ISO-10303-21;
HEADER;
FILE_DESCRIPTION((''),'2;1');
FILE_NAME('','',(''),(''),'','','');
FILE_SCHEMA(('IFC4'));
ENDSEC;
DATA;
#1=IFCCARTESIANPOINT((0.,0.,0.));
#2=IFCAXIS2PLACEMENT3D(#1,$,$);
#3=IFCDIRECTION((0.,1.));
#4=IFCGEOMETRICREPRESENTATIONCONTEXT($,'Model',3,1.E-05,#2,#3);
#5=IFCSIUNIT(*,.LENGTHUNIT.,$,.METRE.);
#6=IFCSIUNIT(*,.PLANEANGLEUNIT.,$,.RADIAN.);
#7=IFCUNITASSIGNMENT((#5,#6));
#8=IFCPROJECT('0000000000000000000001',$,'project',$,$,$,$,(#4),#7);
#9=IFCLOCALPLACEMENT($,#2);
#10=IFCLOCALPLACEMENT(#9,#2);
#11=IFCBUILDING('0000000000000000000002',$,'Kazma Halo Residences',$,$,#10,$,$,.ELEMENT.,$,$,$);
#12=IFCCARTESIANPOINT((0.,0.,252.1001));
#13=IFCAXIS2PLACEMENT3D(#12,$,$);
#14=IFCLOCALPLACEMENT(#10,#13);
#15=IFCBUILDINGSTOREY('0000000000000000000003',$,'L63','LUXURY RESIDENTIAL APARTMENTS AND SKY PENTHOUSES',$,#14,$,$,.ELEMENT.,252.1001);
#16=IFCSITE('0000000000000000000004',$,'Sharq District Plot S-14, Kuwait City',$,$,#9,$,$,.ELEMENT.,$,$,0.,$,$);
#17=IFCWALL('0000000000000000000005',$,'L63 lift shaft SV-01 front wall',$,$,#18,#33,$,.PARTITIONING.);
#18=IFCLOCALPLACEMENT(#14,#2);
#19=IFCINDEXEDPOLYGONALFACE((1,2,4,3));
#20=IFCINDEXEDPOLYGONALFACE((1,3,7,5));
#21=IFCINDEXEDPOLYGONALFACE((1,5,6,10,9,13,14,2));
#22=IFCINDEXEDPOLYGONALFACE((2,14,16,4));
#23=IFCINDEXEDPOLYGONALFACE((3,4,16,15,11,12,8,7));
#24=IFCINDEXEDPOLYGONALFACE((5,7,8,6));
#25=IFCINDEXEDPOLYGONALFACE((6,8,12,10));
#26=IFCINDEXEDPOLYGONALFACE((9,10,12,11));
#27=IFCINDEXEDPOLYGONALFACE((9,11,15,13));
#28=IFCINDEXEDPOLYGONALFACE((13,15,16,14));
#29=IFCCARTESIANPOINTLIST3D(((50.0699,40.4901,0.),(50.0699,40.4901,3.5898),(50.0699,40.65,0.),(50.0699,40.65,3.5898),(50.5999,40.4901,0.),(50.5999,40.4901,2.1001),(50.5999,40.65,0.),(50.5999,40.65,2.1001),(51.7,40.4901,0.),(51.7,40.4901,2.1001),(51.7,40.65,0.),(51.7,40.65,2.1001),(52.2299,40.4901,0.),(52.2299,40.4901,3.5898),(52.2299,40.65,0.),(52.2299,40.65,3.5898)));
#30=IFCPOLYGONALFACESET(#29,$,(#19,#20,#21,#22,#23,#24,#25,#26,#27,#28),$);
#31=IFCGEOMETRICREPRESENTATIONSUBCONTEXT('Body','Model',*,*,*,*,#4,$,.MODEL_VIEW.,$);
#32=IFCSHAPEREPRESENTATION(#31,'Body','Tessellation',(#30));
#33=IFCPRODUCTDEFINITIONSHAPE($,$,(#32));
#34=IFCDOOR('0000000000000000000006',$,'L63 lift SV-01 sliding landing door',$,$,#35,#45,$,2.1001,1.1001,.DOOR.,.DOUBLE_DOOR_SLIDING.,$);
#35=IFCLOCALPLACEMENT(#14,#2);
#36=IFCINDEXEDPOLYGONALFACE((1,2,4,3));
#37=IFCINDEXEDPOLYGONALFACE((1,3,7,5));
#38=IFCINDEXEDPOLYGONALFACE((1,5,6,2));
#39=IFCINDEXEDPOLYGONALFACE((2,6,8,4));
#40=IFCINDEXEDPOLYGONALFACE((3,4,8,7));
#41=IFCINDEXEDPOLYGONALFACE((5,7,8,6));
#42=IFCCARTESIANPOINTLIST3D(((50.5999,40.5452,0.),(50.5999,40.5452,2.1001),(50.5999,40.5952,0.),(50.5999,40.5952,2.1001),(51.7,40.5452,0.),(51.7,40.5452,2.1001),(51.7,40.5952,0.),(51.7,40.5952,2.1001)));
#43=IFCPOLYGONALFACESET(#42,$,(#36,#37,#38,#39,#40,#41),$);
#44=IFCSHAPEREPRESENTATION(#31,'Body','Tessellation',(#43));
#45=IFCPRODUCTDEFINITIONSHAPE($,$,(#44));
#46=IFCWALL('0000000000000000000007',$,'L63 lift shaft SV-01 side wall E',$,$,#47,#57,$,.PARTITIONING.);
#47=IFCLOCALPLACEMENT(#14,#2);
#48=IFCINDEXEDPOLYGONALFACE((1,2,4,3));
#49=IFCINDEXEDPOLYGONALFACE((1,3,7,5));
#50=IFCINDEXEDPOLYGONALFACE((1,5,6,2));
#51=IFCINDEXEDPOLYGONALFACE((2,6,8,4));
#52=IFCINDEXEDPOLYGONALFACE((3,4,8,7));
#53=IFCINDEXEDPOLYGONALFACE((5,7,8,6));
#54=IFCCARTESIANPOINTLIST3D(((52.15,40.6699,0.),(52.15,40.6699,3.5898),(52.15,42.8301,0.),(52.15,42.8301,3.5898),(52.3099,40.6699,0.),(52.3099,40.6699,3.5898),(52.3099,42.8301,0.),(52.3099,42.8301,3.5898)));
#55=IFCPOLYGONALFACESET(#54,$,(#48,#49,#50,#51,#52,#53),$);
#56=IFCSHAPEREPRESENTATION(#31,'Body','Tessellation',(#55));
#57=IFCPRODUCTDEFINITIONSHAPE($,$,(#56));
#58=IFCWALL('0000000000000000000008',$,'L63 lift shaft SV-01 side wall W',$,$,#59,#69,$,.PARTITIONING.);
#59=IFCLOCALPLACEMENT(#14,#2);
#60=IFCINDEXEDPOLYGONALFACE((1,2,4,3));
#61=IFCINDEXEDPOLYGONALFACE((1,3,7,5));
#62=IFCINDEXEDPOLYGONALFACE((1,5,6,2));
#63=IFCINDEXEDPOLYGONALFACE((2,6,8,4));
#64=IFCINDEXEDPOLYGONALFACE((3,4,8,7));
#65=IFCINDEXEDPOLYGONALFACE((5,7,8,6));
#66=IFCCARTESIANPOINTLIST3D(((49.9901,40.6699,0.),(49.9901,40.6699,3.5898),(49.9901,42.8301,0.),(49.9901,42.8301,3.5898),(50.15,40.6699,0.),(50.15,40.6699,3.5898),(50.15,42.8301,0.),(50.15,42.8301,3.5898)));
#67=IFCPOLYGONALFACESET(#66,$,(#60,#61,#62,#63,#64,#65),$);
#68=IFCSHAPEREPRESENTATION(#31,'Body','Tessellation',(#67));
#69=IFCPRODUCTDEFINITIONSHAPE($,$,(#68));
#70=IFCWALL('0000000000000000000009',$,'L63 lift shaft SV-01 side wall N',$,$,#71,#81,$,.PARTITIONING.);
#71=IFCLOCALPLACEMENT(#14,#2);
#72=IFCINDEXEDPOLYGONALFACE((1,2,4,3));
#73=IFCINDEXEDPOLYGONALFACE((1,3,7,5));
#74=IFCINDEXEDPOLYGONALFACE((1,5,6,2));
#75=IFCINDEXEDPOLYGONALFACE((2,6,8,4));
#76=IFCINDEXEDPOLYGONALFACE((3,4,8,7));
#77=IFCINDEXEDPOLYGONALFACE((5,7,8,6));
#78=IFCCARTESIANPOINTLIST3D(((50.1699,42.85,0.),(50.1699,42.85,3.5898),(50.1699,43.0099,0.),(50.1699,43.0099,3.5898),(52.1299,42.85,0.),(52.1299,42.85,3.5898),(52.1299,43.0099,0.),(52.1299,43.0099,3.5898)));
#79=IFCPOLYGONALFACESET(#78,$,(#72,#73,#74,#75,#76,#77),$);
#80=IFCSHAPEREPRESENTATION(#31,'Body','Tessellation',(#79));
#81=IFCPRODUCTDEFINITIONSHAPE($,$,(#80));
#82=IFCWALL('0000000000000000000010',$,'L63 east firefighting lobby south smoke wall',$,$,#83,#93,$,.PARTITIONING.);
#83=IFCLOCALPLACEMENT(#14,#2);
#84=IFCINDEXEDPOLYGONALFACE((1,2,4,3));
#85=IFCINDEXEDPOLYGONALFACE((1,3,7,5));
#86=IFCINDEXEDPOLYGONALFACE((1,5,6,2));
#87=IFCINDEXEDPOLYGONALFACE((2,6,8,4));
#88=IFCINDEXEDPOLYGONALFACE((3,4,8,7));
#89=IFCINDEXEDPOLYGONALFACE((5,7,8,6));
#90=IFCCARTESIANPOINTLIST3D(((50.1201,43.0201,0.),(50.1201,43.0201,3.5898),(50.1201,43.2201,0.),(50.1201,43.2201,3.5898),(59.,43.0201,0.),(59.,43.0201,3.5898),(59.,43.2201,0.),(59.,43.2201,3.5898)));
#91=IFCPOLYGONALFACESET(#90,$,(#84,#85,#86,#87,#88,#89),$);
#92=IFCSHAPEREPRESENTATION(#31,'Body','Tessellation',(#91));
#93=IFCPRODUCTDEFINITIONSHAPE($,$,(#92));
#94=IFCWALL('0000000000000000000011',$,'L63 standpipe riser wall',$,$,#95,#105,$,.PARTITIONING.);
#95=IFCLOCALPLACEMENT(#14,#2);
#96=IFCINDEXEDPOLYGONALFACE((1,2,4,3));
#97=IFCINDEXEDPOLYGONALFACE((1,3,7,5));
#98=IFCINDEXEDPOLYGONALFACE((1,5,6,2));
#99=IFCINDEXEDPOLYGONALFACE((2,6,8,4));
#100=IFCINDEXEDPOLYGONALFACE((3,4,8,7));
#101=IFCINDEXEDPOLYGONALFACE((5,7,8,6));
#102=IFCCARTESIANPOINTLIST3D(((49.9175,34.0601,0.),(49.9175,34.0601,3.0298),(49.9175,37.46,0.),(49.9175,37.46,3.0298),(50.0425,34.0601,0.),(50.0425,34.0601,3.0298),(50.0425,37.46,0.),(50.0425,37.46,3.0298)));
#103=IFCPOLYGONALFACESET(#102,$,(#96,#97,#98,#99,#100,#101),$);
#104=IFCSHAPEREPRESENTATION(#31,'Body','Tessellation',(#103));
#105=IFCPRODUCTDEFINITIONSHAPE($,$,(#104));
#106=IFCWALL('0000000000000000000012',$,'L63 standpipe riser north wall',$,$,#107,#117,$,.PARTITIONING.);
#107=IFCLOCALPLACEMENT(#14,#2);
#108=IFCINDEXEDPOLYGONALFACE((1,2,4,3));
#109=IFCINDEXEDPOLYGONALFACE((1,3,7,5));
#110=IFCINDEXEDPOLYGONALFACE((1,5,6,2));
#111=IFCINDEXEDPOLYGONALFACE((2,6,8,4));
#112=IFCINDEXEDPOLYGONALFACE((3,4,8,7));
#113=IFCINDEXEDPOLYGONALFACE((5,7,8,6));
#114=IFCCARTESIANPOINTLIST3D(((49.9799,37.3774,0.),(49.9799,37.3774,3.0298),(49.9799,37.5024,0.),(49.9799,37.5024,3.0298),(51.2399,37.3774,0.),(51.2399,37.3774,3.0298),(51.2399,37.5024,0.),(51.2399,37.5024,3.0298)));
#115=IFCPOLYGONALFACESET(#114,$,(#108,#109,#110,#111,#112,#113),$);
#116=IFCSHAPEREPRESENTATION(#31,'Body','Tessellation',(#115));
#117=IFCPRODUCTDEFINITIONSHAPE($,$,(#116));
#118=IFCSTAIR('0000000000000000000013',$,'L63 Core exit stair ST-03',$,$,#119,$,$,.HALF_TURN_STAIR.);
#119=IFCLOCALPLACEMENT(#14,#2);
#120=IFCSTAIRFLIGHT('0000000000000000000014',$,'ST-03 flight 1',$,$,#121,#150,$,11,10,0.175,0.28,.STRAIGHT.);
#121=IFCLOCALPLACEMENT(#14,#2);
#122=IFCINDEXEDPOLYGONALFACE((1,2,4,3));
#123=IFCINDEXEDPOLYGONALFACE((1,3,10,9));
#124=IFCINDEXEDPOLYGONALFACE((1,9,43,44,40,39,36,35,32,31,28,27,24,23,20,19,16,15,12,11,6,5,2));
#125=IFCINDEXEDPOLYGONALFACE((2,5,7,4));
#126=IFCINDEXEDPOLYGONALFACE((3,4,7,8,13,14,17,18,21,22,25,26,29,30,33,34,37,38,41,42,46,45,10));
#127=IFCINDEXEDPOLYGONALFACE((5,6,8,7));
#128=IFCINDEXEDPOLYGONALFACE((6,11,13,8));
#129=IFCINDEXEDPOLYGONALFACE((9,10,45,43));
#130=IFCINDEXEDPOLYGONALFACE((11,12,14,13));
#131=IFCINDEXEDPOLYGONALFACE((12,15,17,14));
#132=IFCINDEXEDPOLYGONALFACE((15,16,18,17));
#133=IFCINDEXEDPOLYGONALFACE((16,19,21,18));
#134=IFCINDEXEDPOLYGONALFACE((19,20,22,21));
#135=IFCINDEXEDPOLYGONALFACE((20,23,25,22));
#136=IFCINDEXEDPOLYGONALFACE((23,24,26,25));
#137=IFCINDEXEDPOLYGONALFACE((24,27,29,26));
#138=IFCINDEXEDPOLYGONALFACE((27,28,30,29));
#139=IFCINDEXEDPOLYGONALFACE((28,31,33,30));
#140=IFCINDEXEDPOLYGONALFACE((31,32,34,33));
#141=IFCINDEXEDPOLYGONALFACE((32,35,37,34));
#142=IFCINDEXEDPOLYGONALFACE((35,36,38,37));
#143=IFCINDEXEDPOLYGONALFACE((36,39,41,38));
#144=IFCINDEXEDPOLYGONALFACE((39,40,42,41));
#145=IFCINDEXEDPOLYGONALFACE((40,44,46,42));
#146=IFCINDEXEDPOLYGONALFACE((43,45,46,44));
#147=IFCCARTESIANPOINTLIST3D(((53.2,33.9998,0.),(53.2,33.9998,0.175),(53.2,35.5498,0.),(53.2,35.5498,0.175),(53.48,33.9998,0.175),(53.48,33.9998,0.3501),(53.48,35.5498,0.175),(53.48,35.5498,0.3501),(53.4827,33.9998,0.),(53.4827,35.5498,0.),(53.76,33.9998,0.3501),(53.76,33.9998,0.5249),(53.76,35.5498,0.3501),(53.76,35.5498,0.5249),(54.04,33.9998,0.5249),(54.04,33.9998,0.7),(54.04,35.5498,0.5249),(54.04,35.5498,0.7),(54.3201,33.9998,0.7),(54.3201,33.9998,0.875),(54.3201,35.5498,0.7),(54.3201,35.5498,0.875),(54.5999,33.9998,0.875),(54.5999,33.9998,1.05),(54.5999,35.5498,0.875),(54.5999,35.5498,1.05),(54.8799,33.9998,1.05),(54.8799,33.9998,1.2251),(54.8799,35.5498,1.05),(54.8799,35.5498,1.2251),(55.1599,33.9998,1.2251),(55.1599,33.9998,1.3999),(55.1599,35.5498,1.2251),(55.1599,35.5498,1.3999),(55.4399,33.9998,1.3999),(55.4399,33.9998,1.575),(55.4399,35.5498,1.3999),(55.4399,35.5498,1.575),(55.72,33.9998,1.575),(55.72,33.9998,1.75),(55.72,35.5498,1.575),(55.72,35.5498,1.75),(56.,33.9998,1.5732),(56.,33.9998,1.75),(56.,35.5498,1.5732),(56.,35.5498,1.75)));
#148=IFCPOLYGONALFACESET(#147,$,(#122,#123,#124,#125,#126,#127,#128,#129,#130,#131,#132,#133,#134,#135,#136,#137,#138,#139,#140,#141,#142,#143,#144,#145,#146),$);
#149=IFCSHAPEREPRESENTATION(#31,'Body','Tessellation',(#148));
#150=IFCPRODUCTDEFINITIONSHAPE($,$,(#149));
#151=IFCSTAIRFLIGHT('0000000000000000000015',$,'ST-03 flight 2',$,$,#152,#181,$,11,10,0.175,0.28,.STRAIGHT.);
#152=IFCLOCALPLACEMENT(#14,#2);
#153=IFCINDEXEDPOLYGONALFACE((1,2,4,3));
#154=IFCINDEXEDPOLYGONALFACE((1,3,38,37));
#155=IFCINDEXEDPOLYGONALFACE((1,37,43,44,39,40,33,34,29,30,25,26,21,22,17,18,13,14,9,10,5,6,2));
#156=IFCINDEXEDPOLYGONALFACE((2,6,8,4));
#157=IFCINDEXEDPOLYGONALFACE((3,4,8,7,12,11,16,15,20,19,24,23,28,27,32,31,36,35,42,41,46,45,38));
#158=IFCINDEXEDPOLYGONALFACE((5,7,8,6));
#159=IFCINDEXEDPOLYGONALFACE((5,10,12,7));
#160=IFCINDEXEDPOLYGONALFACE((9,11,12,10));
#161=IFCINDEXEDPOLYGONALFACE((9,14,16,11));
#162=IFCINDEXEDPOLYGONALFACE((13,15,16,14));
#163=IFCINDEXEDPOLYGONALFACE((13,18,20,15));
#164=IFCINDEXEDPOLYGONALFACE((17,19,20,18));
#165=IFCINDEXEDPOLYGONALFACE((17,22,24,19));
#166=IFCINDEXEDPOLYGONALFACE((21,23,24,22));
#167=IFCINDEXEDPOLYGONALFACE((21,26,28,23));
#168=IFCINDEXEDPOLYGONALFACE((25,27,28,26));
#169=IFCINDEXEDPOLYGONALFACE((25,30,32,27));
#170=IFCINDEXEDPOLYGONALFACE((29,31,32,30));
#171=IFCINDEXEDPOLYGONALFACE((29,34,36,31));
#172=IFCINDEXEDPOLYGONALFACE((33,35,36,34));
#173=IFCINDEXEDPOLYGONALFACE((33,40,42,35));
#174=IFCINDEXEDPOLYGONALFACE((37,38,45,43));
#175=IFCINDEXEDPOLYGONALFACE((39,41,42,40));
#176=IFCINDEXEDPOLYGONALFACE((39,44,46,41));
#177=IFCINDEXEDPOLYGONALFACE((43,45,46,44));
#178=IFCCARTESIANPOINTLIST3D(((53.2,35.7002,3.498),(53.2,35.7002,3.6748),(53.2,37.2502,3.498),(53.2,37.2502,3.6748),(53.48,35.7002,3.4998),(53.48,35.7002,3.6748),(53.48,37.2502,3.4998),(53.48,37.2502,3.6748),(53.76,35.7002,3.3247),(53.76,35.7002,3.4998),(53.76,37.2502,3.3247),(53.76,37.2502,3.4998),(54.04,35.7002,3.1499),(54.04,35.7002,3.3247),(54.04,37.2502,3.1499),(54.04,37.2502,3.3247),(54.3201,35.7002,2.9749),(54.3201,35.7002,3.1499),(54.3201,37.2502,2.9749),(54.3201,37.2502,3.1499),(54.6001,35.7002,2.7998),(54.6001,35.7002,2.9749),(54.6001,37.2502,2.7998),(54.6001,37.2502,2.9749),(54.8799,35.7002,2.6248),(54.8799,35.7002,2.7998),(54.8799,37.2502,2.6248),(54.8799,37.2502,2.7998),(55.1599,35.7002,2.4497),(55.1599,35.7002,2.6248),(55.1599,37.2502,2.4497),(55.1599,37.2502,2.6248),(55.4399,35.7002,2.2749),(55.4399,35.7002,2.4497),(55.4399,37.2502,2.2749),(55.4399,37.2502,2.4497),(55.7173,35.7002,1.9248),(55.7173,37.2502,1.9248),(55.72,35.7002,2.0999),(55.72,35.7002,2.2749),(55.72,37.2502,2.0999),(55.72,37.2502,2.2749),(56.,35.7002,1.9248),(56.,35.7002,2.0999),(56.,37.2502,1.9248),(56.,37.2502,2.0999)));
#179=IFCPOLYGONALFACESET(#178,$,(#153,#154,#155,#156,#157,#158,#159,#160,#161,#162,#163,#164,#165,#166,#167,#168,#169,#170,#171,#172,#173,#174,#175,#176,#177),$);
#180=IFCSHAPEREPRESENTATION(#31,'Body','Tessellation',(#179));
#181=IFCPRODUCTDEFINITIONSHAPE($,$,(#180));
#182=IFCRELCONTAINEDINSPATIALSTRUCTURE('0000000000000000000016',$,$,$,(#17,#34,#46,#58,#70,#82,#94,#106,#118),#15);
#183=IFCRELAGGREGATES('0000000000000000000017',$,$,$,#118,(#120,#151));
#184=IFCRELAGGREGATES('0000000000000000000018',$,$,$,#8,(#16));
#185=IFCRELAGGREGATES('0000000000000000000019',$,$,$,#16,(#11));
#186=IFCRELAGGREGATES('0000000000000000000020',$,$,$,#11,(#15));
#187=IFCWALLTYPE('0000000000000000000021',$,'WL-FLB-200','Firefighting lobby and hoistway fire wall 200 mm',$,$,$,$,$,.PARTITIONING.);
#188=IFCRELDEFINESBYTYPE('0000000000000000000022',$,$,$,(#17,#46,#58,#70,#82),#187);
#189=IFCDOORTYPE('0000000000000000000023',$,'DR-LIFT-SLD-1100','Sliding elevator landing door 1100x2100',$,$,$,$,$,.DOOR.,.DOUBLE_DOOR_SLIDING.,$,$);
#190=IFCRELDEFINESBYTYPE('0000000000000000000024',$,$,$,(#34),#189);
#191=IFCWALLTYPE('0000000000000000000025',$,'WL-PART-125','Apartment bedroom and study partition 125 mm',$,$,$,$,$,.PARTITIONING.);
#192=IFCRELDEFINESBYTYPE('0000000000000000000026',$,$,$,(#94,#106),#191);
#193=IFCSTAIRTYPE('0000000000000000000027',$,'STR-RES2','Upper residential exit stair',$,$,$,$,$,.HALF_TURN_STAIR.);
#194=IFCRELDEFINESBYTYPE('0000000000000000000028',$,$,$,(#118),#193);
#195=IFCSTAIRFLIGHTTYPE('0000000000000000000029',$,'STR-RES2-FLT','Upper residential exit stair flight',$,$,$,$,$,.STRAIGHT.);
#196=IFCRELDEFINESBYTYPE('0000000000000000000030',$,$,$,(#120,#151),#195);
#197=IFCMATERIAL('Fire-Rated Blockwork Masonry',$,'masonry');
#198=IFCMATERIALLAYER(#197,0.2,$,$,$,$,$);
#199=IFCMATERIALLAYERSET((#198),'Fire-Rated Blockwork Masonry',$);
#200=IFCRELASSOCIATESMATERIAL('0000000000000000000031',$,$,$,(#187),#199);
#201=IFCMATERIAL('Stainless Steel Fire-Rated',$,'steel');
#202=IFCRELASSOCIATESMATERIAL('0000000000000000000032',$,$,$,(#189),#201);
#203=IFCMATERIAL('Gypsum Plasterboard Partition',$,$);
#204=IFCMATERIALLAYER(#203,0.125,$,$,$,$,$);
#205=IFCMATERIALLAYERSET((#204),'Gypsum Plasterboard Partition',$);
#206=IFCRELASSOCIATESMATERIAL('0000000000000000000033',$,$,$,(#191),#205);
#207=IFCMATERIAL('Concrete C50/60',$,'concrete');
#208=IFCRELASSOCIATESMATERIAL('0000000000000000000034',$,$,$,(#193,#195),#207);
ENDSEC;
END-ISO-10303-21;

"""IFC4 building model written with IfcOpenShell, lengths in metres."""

from ifc_helpers import new_model, si_unit, direction, frame, frame_2d, origin, place, context, subcontext, project, spatial, polyline, rectangle, outline, extrude, material, layer, layer_set, type_object, element, fill, aggregate, save


model = new_model("IFC4")

# Units and contexts
model_context = context("Model", 3, precision=1e-05, world=origin(), true_north=direction((0.0, 1.0)))
body_context = subcontext(model_context, "Body", "Model", "MODEL_VIEW")
ifc_project = project(units=[si_unit("LENGTHUNIT", "METRE"), si_unit("PLANEANGLEUNIT", "RADIAN")], contexts=[model_context])

# Site, building, storey
site_placement = place(None, origin())
site = spatial("IfcSite", under=ifc_project, at=site_placement, Name="Sharq District Plot S-14, Kuwait City", CompositionType="ELEMENT", RefElevation=0.0)
building_placement = place(site_placement, origin())
building = spatial("IfcBuilding", under=site, at=building_placement, Name="Kazma Halo Residences", CompositionType="ELEMENT")
storey_placement = place(building_placement, frame((0.0, 0.0, 252.1001)))
storey = spatial("IfcBuildingStorey", under=building, at=storey_placement, Name="L63", Description="LUXURY RESIDENTIAL APARTMENTS AND SKY PENTHOUSES", CompositionType="ELEMENT", Elevation=252.1001)

# Shared definitions
ifc_material_1 = material(Name="Fire-Rated Blockwork Masonry", Category="masonry")
ifc_layer_1 = layer(ifc_material_1, 0.2)
ifc_layer_set_1 = layer_set([ifc_layer_1], Name="Fire-Rated Blockwork Masonry")
wall_type_1 = type_object("IfcWallType", Name="WL-FLB-200", Description="Firefighting lobby and hoistway fire wall 200 mm", PredefinedType="PARTITIONING", material=ifc_layer_set_1)
ifc_material_2 = material(Name="Stainless Steel Fire-Rated", Category="steel")
door_type_1 = type_object("IfcDoorType", Name="DR-LIFT-SLD-1100", Description="Sliding elevator landing door 1100x2100", OperationType="DOUBLE_DOOR_SLIDING", PredefinedType="DOOR", material=ifc_material_2)

# Wall, opening, door
wall_1_placement = place(storey_placement, frame((52.23, 40.5701, 0.0), z_axis=(0.0, 0.0, 1.0), x_axis=(-1.0, 0.0, 0.0)))
wall_1 = element("IfcWall", 1, at=wall_1_placement, inside=storey, type_object=wall_type_1, Name="L63 lift shaft SV-01 front wall", PredefinedType="PARTITIONING", context=body_context, shape_type="SweptSolid", body=[
    extrude(rectangle(XDim=2.1599, YDim=0.1599, at=frame_2d((1.0801, 0.0))), origin(), (0.0, 0.0, 1.0), 3.5898),
])
opening_1_placement = place(wall_1_placement, frame((0.53, 0.0, 0.0)))
opening_1 = element("IfcOpeningElement", 2, at=opening_1_placement, cuts=wall_1, PredefinedType="OPENING", context=body_context, shape_type="SweptSolid", body=[
    extrude(rectangle(XDim=1.1001, YDim=2.1001, at=frame_2d((0.55, 1.05))), frame((0.0, 0.0898, 0.0), z_axis=(0.0, -1.0, 0.0), x_axis=(1.0, 0.0, 0.0)), (0.0, 0.0, 1.0), 0.1799),
])
door_1_placement = place(opening_1_placement, origin())
door_1 = element("IfcDoor", 3, at=door_1_placement, inside=storey, type_object=door_type_1, Name="L63 lift SV-01 sliding landing door", OperationType="DOUBLE_DOOR_SLIDING", OverallHeight=2.1001, OverallWidth=1.1001, PredefinedType="DOOR", context=body_context, shape_type="SweptSolid", body=[
    extrude(rectangle(XDim=1.1001, YDim=2.1001, at=frame_2d((0.55, 1.05))), frame((0.0, 0.0249, 0.0), z_axis=(0.0, -1.0, 0.0), x_axis=(1.0, 0.0, 0.0)), (0.0, 0.0, 1.0), 0.05),
])
fill(opening_1, door_1)

# Walls
for number, where, z_axis, x_axis, name in (
    (4, (52.23, 40.6699, 0.0), (0.0, 0.0, 1.0), (0.0, 1.0, 0.0), "L63 lift shaft SV-01 side wall E"),
    (5, (50.0701, 40.6699, 0.0), (0.0, 0.0, 1.0), (0.0, 1.0, 0.0), "L63 lift shaft SV-01 side wall W"),
):
    element("IfcWall", number, at=place(storey_placement, frame(where, z_axis=z_axis, x_axis=x_axis)), inside=storey, type_object=wall_type_1, Name=name, PredefinedType="PARTITIONING", context=body_context, shape_type="SweptSolid", body=[
        extrude(rectangle(XDim=2.1602, YDim=0.1599, at=frame_2d((1.0801, 0.0))), origin(), (0.0, 0.0, 1.0), 3.5898),
    ])
wall_2_placement = place(storey_placement, frame((50.1699, 42.9299, 0.0), z_axis=(0.0, 0.0, 1.0), x_axis=(1.0, 0.0, 0.0)))
element("IfcWall", 6, at=wall_2_placement, inside=storey, type_object=wall_type_1, Name="L63 lift shaft SV-01 side wall N", PredefinedType="PARTITIONING", context=body_context, shape_type="SweptSolid", body=[
    extrude(rectangle(XDim=1.96, YDim=0.1599, at=frame_2d((0.98, 0.0))), origin(), (0.0, 0.0, 1.0), 3.5898),
])
wall_3_placement = place(storey_placement, frame((50.1201, 43.1201, 0.0), z_axis=(0.0, 0.0, 1.0), x_axis=(1.0, 0.0, 0.0)))
element("IfcWall", 7, at=wall_3_placement, inside=storey, type_object=wall_type_1, Name="L63 east firefighting lobby south smoke wall", PredefinedType="PARTITIONING", context=body_context, shape_type="SweptSolid", body=[
    extrude(rectangle(XDim=8.8799, YDim=0.2, at=frame_2d((4.4399, 0.0))), origin(), (0.0, 0.0, 1.0), 3.5898),
])
ifc_material_3 = material(Name="Gypsum Plasterboard Partition")
ifc_layer_2 = layer(ifc_material_3, 0.125)
ifc_layer_set_2 = layer_set([ifc_layer_2], Name="Gypsum Plasterboard Partition")
wall_type_2 = type_object("IfcWallType", Name="WL-PART-125", Description="Apartment bedroom and study partition 125 mm", PredefinedType="PARTITIONING", material=ifc_layer_set_2)
wall_4_placement = place(storey_placement, frame((49.98, 34.0601, 0.0), z_axis=(0.0, 0.0, 1.0), x_axis=(0.0, 1.0, 0.0)))
element("IfcWall", 8, at=wall_4_placement, inside=storey, type_object=wall_type_2, Name="L63 standpipe riser wall", PredefinedType="PARTITIONING", context=body_context, shape_type="SweptSolid", body=[
    extrude(rectangle(XDim=3.3999, YDim=0.125, at=frame_2d((1.7, 0.0))), origin(), (0.0, 0.0, 1.0), 3.0298),
])
wall_5_placement = place(storey_placement, frame((49.98, 37.4399, 0.0), z_axis=(0.0, 0.0, 1.0), x_axis=(1.0, 0.0, 0.0)))
element("IfcWall", 9, at=wall_5_placement, inside=storey, type_object=wall_type_2, Name="L63 standpipe riser north wall", PredefinedType="PARTITIONING", context=body_context, shape_type="SweptSolid", body=[
    extrude(rectangle(XDim=1.26, YDim=0.125, at=frame_2d((0.6299, 0.0))), origin(), (0.0, 0.0, 1.0), 3.0298),
])

# Shared definitions
ifc_material_4 = material(Name="Concrete C50/60", Category="concrete")

# Stair, stair flights
stair_type = type_object("IfcStairType", Name="STR-RES2", Description="Upper residential exit stair", PredefinedType="HALF_TURN_STAIR", material=ifc_material_4)
stair_placement = place(storey_placement, origin())
stair = element("IfcStair", 10, at=stair_placement, inside=storey, type_object=stair_type, Name="L63 Core exit stair ST-03", PredefinedType="HALF_TURN_STAIR")
stair_flight_type = type_object("IfcStairFlightType", Name="STR-RES2-FLT", Description="Upper residential exit stair flight", PredefinedType="STRAIGHT", material=ifc_material_4)
stair_flight_1_placement = place(storey_placement, frame((53.2, 34.7749, 0.0), z_axis=(0.0, 0.0, 1.0), x_axis=(1.0, 0.0, 0.0)))
stair_flight_1 = element("IfcStairFlight", 11, at=stair_flight_1_placement, type_object=stair_flight_type, Name="ST-03 flight 1", NumberOfRisers=11, NumberOfTreads=10, PredefinedType="STRAIGHT", RiserHeight=0.175, TreadLength=0.28, context=body_context, shape_type="SweptSolid", body=[
    extrude(outline(polyline([(0.0, 0.0), (0.0, 0.175), (0.28, 0.175), (0.28, 0.3501), (0.5601, 0.3501), (0.5601, 0.5249), (0.8401, 0.5249), (0.8401, 0.7), (1.1201, 0.7), (1.1201, 0.875), (1.3999, 0.875), (1.3999, 1.05), (1.6799, 1.05), (1.6799, 1.2251), (1.96, 1.2251), (1.96, 1.3999), (2.24, 1.3999), (2.24, 1.575), (2.52, 1.575), (2.52, 1.75), (2.8, 1.75), (2.8, 1.925), (2.8, 1.5732), (0.2827, 0.0), (0.0, 0.0)])), frame((0.0, 0.7749, 0.0), z_axis=(0.0, -1.0, 0.0), x_axis=(1.0, 0.0, 0.0)), (0.0, 0.0, 1.0), 1.55),
])
stair_flight_2_placement = place(storey_placement, frame((56.0, 36.4751, 1.9248), z_axis=(0.0, 0.0, 1.0), x_axis=(-1.0, 0.0, 0.0)))
stair_flight_2 = element("IfcStairFlight", 12, at=stair_flight_2_placement, type_object=stair_flight_type, Name="ST-03 flight 2", NumberOfRisers=11, NumberOfTreads=10, PredefinedType="STRAIGHT", RiserHeight=0.175, TreadLength=0.28, context=body_context, shape_type="SweptSolid", body=[
    extrude(outline(polyline([(0.0, 0.0), (0.0, 0.175), (0.28, 0.175), (0.28, 0.3501), (0.5601, 0.3501), (0.5601, 0.5249), (0.8401, 0.5249), (0.8401, 0.7), (1.1201, 0.7), (1.1201, 0.875), (1.3999, 0.875), (1.3999, 1.05), (1.6799, 1.05), (1.6799, 1.2251), (1.96, 1.2251), (1.96, 1.3999), (2.24, 1.3999), (2.24, 1.575), (2.52, 1.575), (2.52, 1.75), (2.8, 1.75), (2.8, 1.925), (2.8, 1.5732), (0.2827, 0.0), (0.0, 0.0)])), frame((0.0, 0.7749, 0.0), z_axis=(0.0, -1.0, 0.0), x_axis=(1.0, 0.0, 0.0)), (0.0, 0.0, 1.0), 1.55),
])
aggregate(stair, [stair_flight_1, stair_flight_2])

save(model, "model.ifc")
